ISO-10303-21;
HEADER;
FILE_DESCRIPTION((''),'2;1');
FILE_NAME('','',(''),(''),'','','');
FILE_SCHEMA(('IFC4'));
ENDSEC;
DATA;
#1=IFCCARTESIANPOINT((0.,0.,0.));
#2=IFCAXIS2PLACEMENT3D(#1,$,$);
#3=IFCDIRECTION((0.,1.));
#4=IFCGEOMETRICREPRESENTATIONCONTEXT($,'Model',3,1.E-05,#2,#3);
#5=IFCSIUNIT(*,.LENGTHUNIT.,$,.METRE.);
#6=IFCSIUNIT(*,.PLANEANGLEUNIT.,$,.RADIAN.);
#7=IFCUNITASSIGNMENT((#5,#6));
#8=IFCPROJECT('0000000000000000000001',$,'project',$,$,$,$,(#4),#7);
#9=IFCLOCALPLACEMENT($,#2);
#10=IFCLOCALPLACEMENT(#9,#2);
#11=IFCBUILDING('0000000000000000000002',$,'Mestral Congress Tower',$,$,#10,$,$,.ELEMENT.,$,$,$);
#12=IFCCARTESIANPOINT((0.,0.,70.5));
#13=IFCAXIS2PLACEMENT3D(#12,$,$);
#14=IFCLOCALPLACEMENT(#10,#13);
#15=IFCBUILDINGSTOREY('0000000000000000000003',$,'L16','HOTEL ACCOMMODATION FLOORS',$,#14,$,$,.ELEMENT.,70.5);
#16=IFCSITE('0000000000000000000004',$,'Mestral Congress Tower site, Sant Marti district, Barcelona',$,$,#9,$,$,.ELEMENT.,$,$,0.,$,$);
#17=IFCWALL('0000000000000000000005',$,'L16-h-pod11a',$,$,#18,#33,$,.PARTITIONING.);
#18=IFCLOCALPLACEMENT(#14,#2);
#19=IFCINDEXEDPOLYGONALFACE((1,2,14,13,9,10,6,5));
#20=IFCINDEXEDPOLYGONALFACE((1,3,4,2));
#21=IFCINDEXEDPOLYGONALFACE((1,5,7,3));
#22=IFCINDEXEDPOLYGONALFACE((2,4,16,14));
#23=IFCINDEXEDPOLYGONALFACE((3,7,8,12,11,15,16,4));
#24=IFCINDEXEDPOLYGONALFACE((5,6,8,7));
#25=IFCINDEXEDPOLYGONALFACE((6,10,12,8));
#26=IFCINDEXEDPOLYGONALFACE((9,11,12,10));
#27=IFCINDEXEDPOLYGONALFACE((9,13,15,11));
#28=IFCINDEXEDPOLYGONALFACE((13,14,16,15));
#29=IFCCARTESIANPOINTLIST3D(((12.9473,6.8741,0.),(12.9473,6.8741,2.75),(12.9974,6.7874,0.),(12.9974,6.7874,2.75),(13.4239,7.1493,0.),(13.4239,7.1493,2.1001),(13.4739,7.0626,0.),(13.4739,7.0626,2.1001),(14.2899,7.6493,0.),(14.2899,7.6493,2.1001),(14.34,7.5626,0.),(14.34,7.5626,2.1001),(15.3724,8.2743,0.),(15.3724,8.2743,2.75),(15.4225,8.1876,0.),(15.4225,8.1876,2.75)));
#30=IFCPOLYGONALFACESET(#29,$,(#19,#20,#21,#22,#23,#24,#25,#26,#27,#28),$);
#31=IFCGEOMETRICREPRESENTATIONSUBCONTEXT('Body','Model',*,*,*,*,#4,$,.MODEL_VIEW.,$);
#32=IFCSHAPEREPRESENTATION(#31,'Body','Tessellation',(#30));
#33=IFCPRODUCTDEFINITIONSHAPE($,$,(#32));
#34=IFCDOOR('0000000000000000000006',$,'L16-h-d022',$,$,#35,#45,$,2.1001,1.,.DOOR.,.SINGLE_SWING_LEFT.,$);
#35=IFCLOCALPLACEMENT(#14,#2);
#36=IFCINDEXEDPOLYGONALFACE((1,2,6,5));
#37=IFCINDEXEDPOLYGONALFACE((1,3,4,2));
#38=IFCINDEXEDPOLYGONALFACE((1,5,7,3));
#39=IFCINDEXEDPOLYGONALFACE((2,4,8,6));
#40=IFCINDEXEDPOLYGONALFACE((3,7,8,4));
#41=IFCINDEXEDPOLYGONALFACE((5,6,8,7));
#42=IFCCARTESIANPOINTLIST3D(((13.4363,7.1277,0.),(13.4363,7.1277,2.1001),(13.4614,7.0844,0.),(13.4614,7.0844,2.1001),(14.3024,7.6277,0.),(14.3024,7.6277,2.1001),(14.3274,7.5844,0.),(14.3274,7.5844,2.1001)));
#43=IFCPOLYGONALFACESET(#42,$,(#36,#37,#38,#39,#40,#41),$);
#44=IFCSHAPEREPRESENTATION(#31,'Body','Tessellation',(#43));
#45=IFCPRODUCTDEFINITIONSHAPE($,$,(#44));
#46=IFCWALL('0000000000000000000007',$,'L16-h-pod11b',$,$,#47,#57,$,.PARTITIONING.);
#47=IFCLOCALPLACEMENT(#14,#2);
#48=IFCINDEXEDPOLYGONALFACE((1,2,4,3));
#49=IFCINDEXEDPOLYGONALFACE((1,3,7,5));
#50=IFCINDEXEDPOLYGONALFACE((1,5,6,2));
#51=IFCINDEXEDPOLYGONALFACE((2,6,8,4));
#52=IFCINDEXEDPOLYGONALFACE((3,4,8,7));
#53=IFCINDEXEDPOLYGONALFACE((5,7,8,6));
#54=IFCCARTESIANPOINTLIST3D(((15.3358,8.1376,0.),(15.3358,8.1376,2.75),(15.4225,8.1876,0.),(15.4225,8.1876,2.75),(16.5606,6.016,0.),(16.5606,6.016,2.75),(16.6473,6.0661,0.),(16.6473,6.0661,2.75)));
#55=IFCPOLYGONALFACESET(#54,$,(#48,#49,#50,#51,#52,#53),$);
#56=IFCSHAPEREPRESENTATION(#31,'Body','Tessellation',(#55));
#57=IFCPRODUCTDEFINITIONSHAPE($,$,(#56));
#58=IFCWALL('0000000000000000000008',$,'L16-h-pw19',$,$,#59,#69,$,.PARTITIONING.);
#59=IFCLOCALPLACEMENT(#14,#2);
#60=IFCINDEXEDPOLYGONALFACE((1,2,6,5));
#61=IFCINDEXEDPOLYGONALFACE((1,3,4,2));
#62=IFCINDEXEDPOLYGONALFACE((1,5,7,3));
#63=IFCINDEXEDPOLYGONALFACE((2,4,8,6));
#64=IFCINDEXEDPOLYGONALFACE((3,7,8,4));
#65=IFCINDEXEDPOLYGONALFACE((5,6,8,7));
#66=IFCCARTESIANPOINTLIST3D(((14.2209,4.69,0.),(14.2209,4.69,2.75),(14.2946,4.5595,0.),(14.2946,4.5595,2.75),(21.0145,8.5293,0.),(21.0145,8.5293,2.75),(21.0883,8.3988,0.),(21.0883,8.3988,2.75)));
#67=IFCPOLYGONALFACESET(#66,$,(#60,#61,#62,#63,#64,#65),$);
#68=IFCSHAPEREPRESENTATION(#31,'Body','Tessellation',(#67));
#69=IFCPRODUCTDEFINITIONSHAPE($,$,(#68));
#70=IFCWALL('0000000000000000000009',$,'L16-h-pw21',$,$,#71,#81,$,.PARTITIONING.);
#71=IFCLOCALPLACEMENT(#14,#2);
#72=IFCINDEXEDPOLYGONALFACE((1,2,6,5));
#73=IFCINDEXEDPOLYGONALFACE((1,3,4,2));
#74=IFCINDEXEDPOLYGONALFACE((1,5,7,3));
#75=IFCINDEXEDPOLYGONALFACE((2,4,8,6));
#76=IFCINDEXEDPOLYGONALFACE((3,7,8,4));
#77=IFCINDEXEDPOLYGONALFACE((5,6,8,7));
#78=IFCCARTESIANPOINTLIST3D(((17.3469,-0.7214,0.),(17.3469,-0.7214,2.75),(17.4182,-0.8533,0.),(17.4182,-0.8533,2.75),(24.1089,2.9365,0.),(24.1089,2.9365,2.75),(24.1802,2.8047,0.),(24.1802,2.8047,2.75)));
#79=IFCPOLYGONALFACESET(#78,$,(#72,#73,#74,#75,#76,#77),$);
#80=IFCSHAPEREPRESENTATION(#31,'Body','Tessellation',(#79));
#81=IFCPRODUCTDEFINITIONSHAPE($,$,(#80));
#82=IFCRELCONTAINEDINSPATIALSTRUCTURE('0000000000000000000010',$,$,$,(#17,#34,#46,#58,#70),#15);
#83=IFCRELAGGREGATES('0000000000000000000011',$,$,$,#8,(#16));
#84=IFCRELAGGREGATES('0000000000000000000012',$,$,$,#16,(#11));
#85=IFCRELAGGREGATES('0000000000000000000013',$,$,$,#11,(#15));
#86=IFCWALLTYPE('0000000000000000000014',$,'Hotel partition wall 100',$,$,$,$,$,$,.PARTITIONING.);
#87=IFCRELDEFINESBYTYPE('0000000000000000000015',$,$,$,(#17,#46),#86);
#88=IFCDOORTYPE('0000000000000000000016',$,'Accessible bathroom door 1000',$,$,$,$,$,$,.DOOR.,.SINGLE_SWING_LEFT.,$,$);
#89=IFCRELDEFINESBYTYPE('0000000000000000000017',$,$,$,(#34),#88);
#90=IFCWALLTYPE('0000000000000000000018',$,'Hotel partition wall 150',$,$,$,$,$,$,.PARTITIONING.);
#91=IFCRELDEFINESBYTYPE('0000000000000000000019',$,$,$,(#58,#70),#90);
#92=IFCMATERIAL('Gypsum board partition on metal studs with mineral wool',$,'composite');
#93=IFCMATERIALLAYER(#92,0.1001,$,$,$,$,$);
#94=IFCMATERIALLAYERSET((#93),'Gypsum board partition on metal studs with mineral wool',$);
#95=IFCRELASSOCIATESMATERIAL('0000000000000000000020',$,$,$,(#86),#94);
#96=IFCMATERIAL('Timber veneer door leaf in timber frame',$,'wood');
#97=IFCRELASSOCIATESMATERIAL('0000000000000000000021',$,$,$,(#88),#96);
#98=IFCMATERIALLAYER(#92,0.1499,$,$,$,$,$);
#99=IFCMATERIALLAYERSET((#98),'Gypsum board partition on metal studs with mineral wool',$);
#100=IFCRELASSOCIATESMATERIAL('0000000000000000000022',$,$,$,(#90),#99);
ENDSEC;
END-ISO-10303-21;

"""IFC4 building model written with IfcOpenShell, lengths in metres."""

from ifc_helpers import new_model, si_unit, direction, frame, frame_2d, origin, place, context, subcontext, project, spatial, rectangle, extrude, material, layer, layer_set, type_object, element, fill, save


model = new_model("IFC4")

# Units and contexts
model_context = context("Model", 3, precision=1e-05, world=origin(), true_north=direction((0.0, 1.0)))
body_context = subcontext(model_context, "Body", "Model", "MODEL_VIEW")
ifc_project = project(units=[si_unit("LENGTHUNIT", "METRE"), si_unit("PLANEANGLEUNIT", "RADIAN")], contexts=[model_context])

# Site, building, storey
site_placement = place(None, origin())
site = spatial("IfcSite", under=ifc_project, at=site_placement, Name="Mestral Congress Tower site, Sant Marti district, Barcelona", CompositionType="ELEMENT", RefElevation=0.0)
building_placement = place(site_placement, origin())
building = spatial("IfcBuilding", under=site, at=building_placement, Name="Mestral Congress Tower", CompositionType="ELEMENT")
storey_placement = place(building_placement, frame((0.0, 0.0, 70.5)))
storey = spatial("IfcBuildingStorey", under=building, at=storey_placement, Name="L16", Description="HOTEL ACCOMMODATION FLOORS", CompositionType="ELEMENT", Elevation=70.5)

# Shared definitions
ifc_material_1 = material(Name="Gypsum board partition on metal studs with mineral wool", Category="composite")
ifc_layer_1 = layer(ifc_material_1, 0.1001)
ifc_layer_set_1 = layer_set([ifc_layer_1], Name="Gypsum board partition on metal studs with mineral wool")
wall_type_1 = type_object("IfcWallType", Name="Hotel partition wall 100", PredefinedType="PARTITIONING", material=ifc_layer_set_1)

# Wall, opening, door
wall_1_placement = place(storey_placement, frame((15.3975, 8.231, 0.0), z_axis=(0.0, 0.0, 1.0), x_axis=(-0.866019, -0.500012, 0.0)))
wall_1 = element("IfcWall", 1, at=wall_1_placement, inside=storey, type_object=wall_type_1, Name="L16-h-pod11a", PredefinedType="PARTITIONING", context=body_context, shape_type="SweptSolid", body=[
    extrude(rectangle(XDim=2.8003, YDim=0.1001, at=frame_2d((1.4001, 0.0))), origin(), (0.0, 0.0, 1.0), 2.75),
])
opening_1_placement = place(wall_1_placement, frame((1.25, 0.0, 0.0)))
opening_1 = element("IfcOpeningElement", 2, at=opening_1_placement, cuts=wall_1, PredefinedType="OPENING", context=body_context, shape_type="SweptSolid", body=[
    extrude(rectangle(XDim=1.0, YDim=2.1001, at=frame_2d((0.5, 1.05))), frame((0.0, 0.0601, 0.0), z_axis=(0.0, -1.0, 0.0), x_axis=(1.0, 0.0, 0.0)), (0.0, 0.0, 1.0), 0.1201),
])
ifc_material_2 = material(Name="Timber veneer door leaf in timber frame", Category="wood")
door_type = type_object("IfcDoorType", Name="Accessible bathroom door 1000", OperationType="SINGLE_SWING_LEFT", PredefinedType="DOOR", material=ifc_material_2)
door_placement = place(opening_1_placement, origin())
door = element("IfcDoor", 3, at=door_placement, inside=storey, type_object=door_type, Name="L16-h-d022", OperationType="SINGLE_SWING_LEFT", OverallHeight=2.1001, OverallWidth=1.0, PredefinedType="DOOR", context=body_context, shape_type="SweptSolid", body=[
    extrude(rectangle(XDim=1.0, YDim=2.1001, at=frame_2d((0.5, 1.05))), frame((0.0, 0.0249, 0.0), z_axis=(0.0, -1.0, 0.0), x_axis=(1.0, 0.0, 0.0)), (0.0, 0.0, 1.0), 0.05),
])
fill(opening_1, door)

# Walls
wall_2_placement = place(storey_placement, frame((15.3792, 8.1626, 0.0), z_axis=(0.0, 0.0, 1.0), x_axis=(0.499987, -0.866033, 0.0)))
element("IfcWall", 4, at=wall_2_placement, inside=storey, type_object=wall_type_1, Name="L16-h-pod11b", PredefinedType="PARTITIONING", context=body_context, shape_type="SweptSolid", body=[
    extrude(rectangle(XDim=2.4497, YDim=0.1001, at=frame_2d((1.2249, 0.0))), origin(), (0.0, 0.0, 1.0), 2.75),
])
ifc_layer_2 = layer(ifc_material_1, 0.1499)
ifc_layer_set_2 = layer_set([ifc_layer_2], Name="Gypsum board partition on metal studs with mineral wool")
wall_type_2 = type_object("IfcWallType", Name="Hotel partition wall 150", PredefinedType="PARTITIONING", material=ifc_layer_set_2)
wall_3_placement = place(storey_placement, frame((21.0515, 8.4641, 0.0), z_axis=(0.0, 0.0, 1.0), x_axis=(-0.870594, -0.492003, 0.0)))
element("IfcWall", 5, at=wall_3_placement, inside=storey, type_object=wall_type_2, Name="L16-h-pw19", PredefinedType="PARTITIONING", context=body_context, shape_type="SweptSolid", body=[
    extrude(rectangle(XDim=7.8035, YDim=0.1499, at=frame_2d((3.9019, 0.0))), origin(), (0.0, 0.0, 1.0), 2.75),
])
wall_4_placement = place(storey_placement, frame((24.1445, 2.8706, 0.0), z_axis=(0.0, 0.0, 1.0), x_axis=(-0.879552, -0.475803, 0.0)))
element("IfcWall", 6, at=wall_4_placement, inside=storey, type_object=wall_type_2, Name="L16-h-pw21", PredefinedType="PARTITIONING", context=body_context, shape_type="SweptSolid", body=[
    extrude(rectangle(XDim=7.688, YDim=0.1499, at=frame_2d((3.844, 0.0))), origin(), (0.0, 0.0, 1.0), 2.75),
])

save(model, "model.ifc")
